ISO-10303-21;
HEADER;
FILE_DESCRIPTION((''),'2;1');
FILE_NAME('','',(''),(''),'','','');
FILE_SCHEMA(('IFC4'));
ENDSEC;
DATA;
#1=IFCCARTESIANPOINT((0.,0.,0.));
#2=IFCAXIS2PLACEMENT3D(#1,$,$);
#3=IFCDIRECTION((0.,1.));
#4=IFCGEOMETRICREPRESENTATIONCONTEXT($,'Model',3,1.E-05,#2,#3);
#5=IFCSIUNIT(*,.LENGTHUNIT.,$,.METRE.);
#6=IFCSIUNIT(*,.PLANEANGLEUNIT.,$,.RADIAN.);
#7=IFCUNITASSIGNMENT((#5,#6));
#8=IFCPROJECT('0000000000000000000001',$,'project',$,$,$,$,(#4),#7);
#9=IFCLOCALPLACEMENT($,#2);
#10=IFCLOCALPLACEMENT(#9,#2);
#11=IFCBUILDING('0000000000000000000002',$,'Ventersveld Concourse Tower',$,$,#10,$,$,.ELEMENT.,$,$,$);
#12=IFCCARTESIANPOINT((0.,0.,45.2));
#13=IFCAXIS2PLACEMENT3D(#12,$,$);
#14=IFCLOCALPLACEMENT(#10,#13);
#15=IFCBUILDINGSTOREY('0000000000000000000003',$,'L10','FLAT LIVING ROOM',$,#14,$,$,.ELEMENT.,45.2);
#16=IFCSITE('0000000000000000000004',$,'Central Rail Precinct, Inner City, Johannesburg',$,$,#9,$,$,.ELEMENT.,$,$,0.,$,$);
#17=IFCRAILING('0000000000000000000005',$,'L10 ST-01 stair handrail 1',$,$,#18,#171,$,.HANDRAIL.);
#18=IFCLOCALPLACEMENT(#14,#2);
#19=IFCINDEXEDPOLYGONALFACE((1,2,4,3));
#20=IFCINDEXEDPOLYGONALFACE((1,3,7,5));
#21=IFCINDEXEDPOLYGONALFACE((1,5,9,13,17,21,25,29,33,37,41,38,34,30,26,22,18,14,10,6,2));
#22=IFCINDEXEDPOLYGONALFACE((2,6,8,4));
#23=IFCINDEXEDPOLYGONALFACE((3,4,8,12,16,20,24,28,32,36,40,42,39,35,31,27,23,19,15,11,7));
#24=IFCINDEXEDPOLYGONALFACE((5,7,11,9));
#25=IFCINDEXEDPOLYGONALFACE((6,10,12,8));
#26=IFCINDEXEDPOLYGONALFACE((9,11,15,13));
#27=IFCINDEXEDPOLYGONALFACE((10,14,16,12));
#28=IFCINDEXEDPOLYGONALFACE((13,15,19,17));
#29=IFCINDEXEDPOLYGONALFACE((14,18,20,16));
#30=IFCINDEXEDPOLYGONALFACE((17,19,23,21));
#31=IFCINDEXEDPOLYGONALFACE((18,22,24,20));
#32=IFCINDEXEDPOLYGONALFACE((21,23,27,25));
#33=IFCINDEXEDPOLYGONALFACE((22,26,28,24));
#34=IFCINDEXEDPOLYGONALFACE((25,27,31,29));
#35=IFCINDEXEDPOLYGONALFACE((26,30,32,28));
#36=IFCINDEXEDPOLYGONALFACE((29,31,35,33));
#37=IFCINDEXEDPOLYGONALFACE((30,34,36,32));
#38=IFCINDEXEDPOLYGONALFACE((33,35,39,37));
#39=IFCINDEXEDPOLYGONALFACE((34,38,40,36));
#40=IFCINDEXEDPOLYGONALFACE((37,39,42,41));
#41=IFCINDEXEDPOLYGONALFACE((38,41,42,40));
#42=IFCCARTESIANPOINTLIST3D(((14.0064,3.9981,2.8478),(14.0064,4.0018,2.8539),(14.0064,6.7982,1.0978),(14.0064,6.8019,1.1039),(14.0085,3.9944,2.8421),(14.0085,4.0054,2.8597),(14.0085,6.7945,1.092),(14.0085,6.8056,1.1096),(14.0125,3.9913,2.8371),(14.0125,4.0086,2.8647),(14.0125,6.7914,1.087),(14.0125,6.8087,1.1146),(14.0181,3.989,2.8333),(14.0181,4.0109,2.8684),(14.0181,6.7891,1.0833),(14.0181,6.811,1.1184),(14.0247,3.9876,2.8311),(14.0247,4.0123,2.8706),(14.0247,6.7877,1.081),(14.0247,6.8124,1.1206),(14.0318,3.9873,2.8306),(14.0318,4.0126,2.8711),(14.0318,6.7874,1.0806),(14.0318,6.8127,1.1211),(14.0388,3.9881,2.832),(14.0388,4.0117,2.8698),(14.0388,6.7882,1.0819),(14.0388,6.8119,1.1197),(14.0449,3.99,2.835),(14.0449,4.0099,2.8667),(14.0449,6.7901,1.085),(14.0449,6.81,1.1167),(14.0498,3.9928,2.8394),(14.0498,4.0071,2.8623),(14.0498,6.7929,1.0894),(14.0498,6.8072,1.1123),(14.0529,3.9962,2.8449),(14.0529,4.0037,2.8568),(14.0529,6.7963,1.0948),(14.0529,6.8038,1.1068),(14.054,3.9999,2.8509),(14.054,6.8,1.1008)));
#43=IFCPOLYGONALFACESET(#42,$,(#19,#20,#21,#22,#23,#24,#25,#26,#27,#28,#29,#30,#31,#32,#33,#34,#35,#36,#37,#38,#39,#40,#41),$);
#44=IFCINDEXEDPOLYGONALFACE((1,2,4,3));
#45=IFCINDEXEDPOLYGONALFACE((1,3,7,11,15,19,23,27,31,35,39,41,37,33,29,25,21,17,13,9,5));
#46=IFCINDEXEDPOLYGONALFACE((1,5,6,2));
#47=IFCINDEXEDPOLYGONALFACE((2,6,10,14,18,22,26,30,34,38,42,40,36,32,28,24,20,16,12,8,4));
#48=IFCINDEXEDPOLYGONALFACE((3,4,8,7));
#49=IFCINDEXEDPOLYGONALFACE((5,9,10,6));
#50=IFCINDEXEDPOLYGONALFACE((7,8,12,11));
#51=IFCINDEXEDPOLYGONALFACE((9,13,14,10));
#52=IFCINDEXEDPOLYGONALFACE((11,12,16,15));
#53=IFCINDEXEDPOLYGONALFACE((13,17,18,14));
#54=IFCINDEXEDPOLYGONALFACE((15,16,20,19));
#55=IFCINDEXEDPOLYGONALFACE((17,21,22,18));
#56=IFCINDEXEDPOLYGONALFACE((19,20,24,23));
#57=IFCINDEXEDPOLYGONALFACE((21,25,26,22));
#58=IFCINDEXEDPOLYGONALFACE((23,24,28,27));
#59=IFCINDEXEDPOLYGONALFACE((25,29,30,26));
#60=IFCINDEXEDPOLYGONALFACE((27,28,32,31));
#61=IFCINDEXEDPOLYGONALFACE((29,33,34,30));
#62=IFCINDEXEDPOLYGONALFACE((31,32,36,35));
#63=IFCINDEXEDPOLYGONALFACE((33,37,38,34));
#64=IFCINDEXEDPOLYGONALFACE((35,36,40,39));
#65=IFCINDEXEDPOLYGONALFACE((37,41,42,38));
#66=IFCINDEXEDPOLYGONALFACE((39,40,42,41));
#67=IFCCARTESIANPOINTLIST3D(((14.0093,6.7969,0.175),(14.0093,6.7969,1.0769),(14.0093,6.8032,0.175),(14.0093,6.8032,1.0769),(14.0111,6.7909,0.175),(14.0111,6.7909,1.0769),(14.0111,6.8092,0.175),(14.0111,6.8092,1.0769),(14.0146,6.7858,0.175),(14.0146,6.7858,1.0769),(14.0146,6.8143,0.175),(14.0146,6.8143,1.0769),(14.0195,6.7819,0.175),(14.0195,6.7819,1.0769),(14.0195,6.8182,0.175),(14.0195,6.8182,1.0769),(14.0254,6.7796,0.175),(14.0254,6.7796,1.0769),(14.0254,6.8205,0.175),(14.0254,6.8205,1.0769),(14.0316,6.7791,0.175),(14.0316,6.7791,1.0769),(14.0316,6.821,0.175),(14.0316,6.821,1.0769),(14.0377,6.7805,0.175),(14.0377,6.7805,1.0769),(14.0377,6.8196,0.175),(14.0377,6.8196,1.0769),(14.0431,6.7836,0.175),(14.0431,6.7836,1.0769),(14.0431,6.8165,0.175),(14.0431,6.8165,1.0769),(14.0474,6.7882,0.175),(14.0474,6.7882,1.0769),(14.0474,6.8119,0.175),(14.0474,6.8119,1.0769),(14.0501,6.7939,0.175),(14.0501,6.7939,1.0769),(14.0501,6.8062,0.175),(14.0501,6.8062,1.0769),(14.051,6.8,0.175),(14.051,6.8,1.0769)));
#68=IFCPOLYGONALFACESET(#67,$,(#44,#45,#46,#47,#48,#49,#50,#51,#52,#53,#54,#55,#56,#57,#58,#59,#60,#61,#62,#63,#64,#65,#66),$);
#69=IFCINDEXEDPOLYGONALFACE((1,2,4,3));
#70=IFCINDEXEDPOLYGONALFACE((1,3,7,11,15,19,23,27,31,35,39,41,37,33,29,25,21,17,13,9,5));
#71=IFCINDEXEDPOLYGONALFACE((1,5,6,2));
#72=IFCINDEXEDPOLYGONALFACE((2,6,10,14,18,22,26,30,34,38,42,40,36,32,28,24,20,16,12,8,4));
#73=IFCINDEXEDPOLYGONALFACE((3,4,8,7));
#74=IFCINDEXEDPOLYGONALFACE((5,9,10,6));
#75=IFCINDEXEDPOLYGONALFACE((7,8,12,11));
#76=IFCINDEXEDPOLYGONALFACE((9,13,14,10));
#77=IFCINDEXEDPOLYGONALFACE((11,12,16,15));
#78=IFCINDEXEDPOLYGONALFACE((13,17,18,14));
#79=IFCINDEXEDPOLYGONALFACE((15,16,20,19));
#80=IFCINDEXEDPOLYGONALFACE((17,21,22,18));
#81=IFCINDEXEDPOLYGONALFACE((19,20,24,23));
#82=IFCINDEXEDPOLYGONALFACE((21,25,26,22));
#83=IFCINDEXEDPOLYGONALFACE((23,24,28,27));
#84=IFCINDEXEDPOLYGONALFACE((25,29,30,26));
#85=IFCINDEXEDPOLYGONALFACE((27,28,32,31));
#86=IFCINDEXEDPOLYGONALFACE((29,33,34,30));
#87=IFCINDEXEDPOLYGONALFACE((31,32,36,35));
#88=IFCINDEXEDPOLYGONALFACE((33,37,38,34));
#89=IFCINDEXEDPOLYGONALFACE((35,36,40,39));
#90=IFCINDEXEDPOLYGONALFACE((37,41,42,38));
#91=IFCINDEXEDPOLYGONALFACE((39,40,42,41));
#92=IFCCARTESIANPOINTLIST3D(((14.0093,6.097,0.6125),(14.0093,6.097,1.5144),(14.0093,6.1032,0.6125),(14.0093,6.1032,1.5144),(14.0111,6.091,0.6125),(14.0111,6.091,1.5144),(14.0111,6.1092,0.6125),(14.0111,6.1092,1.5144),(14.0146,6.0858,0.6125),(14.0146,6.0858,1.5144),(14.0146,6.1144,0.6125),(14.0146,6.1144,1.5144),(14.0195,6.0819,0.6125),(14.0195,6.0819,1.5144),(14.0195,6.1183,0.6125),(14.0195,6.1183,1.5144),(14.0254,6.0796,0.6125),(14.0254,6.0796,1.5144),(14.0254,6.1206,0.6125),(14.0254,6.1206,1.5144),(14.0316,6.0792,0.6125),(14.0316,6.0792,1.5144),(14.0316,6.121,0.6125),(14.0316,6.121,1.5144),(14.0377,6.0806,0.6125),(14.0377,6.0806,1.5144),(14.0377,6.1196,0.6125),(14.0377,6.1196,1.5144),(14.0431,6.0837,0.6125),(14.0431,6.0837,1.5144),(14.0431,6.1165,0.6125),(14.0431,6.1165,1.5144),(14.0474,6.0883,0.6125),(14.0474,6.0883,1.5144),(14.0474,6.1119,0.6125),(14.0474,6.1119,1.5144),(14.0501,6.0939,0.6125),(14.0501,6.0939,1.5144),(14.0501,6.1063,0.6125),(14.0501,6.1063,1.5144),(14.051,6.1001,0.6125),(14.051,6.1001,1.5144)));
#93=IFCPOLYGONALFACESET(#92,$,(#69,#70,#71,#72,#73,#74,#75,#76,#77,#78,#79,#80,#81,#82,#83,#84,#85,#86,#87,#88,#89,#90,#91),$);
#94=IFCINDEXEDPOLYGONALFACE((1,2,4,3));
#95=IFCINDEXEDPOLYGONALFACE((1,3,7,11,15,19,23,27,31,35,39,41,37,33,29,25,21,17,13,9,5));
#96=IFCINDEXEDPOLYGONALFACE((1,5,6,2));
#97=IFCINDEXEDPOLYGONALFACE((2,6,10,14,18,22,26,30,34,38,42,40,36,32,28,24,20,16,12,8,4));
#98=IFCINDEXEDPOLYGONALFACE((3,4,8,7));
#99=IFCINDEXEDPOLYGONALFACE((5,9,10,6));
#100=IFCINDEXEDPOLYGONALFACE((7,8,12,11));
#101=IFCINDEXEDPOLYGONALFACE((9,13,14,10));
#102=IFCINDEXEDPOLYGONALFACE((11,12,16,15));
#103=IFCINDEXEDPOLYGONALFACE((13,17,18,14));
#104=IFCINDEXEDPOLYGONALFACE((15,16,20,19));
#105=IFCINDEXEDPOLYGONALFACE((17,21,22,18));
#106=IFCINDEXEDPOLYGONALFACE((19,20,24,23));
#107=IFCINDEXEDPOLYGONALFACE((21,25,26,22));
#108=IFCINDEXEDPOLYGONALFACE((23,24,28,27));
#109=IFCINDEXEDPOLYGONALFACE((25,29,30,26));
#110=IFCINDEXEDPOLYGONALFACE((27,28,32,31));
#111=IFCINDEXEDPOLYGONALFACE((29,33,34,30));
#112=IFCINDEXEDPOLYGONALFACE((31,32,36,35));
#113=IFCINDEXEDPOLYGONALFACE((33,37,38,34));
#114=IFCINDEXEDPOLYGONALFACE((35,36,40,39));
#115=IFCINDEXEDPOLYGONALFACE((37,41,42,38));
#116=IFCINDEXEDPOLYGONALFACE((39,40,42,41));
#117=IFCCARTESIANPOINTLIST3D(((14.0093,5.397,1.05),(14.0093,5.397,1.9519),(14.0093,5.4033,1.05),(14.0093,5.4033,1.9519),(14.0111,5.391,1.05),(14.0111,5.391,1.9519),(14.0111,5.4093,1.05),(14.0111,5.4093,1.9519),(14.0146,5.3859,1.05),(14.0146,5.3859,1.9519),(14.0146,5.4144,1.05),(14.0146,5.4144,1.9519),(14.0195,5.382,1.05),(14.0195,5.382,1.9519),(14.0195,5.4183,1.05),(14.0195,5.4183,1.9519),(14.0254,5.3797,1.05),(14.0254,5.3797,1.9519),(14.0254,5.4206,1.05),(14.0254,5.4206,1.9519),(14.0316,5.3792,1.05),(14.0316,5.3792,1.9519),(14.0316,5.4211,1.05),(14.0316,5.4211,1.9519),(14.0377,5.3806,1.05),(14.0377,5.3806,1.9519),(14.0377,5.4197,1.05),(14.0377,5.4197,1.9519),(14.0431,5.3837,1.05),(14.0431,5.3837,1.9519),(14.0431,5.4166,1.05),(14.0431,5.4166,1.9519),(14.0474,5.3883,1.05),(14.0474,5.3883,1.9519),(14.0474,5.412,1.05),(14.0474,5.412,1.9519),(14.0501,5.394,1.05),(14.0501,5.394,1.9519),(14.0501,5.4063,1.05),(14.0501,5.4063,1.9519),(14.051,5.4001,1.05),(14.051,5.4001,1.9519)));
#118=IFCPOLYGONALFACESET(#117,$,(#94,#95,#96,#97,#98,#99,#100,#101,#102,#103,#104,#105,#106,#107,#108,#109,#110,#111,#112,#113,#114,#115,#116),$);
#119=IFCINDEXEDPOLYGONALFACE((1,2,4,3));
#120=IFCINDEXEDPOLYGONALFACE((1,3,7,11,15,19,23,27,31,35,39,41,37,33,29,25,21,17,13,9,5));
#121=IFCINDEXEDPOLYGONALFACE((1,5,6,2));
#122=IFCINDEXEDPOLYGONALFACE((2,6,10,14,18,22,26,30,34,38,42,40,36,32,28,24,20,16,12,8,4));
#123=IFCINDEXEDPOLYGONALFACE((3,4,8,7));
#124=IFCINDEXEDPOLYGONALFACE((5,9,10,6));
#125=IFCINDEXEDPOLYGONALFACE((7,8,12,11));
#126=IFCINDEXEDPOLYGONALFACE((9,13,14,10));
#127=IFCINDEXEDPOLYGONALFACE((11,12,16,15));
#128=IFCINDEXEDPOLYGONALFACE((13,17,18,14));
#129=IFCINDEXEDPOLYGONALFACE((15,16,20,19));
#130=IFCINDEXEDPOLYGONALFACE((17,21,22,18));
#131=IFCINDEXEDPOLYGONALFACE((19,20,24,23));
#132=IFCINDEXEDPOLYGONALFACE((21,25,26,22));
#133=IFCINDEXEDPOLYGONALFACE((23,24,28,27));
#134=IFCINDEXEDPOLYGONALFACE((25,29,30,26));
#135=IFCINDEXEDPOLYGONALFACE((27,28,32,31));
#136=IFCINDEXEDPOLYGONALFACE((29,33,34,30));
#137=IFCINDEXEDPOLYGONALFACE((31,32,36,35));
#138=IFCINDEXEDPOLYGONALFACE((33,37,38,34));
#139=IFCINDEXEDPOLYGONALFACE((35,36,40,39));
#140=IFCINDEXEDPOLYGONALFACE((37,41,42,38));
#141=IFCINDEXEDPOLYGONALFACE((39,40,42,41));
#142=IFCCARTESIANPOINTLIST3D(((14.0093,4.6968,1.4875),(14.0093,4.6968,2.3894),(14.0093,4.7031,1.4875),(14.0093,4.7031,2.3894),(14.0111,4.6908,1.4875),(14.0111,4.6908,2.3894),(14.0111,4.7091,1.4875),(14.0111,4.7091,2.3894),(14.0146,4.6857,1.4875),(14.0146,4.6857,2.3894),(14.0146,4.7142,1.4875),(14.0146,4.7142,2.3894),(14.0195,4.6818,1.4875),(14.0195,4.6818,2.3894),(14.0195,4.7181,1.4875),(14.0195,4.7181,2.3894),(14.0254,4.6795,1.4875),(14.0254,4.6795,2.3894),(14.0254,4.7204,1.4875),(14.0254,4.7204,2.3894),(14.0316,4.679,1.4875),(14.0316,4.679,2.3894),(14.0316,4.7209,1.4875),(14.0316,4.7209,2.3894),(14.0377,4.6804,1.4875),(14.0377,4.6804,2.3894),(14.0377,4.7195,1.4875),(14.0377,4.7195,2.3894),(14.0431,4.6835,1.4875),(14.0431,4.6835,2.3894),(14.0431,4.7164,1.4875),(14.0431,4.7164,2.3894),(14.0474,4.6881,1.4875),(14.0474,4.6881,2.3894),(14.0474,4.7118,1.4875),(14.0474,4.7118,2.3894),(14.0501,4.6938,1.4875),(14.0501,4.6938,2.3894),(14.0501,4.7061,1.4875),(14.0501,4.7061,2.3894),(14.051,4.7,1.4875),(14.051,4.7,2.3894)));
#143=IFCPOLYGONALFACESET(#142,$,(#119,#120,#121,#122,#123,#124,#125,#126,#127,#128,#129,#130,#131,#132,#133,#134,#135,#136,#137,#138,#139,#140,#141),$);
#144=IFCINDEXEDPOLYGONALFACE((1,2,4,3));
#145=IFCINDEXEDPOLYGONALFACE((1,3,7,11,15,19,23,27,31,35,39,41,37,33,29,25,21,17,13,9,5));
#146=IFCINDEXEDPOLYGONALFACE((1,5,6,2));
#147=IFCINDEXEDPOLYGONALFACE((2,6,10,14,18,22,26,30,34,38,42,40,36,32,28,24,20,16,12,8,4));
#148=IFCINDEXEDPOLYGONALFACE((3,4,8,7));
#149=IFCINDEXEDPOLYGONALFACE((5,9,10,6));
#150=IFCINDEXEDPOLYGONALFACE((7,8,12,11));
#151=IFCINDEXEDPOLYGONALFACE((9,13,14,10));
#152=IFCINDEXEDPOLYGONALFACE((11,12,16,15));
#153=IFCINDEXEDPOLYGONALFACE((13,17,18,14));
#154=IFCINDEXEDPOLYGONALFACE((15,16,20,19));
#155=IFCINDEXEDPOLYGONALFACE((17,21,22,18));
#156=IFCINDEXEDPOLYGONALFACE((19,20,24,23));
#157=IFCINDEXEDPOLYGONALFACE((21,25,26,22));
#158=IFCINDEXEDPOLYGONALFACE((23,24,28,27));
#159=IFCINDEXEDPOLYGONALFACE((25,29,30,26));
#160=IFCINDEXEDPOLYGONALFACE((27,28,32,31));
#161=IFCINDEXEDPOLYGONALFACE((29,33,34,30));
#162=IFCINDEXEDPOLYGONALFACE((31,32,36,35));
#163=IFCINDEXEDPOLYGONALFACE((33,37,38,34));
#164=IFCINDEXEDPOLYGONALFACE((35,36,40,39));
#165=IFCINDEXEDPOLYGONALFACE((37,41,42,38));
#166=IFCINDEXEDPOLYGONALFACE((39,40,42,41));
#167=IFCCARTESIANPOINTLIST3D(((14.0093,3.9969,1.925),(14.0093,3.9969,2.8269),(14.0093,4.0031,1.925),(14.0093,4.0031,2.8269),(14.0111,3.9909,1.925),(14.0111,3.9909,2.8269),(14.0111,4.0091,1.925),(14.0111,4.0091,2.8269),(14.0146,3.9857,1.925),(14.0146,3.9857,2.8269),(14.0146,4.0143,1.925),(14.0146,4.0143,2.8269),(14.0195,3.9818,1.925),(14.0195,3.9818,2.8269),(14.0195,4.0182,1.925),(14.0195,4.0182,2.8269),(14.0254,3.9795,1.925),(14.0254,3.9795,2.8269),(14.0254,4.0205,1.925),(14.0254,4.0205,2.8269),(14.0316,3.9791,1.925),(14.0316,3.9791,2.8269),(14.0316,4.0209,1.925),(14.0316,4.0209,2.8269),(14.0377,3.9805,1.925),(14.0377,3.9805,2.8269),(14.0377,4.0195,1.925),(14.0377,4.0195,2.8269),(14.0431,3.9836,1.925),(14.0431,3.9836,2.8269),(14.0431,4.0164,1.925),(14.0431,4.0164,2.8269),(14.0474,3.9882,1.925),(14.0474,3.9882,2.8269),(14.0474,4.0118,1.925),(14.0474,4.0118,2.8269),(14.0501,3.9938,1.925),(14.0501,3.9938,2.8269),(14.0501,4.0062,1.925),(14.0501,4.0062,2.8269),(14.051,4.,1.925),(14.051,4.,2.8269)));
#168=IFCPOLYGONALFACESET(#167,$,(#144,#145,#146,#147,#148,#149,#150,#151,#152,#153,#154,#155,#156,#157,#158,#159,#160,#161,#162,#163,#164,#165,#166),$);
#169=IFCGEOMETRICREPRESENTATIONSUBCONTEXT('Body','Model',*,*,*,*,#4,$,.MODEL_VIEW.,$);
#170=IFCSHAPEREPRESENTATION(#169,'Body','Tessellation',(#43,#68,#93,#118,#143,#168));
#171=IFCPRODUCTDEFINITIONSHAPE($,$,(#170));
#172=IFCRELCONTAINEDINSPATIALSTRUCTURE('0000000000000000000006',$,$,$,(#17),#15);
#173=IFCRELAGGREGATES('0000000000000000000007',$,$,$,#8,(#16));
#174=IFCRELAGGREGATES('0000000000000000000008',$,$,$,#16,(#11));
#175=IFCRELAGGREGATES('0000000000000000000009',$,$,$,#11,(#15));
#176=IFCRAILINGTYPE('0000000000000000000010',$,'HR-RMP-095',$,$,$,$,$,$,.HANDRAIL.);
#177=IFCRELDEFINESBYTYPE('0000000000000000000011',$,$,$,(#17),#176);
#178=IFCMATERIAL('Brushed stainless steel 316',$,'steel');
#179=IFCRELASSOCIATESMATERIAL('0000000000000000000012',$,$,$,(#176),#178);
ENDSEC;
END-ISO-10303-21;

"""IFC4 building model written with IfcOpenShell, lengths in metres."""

from ifc_helpers import new_model, si_unit, direction, frame, origin, origin_2d, place, context, subcontext, project, spatial, circle, extrude, material, type_object, element, save


model = new_model("IFC4")

# Units and contexts
model_context = context("Model", 3, precision=1e-05, world=origin(), true_north=direction((0.0, 1.0)))
body_context = subcontext(model_context, "Body", "Model", "MODEL_VIEW")
ifc_project = project(units=[si_unit("LENGTHUNIT", "METRE"), si_unit("PLANEANGLEUNIT", "RADIAN")], contexts=[model_context])

# Site, building, storey
site_placement = place(None, origin())
site = spatial("IfcSite", under=ifc_project, at=site_placement, Name="Central Rail Precinct, Inner City, Johannesburg", CompositionType="ELEMENT", RefElevation=0.0)
building_placement = place(site_placement, origin())
building = spatial("IfcBuilding", under=site, at=building_placement, Name="Ventersveld Concourse Tower", CompositionType="ELEMENT")
storey_placement = place(building_placement, frame((0.0, 0.0, 45.2)))
storey = spatial("IfcBuildingStorey", under=building, at=storey_placement, Name="L10", Description="FLAT LIVING ROOM", CompositionType="ELEMENT", Elevation=45.2)

# Railing
ifc_material_1 = material(Name="Brushed stainless steel 316", Category="steel")
railing_type_1 = type_object("IfcRailingType", Name="HR-RMP-095", PredefinedType="HANDRAIL", material=ifc_material_1)
railing_1_placement = place(storey_placement, frame((14.03, 6.8, 0.175)))
element("IfcRailing", 1, at=railing_1_placement, inside=storey, type_object=railing_type_1, Name="L10 ST-01 stair handrail 1", PredefinedType="HANDRAIL", context=body_context, shape_type="SweptSolid", body=[
    extrude(circle(Radius=0.0239, at=origin_2d()), frame((0.0, 0.0, 0.9258), z_axis=(0.0, -0.848002, 0.529992), x_axis=(1.0, 0.0, 0.0)), (0.0, 0.0, 1.0), 3.302),
    extrude(circle(Radius=0.021, at=origin_2d()), origin(), (0.0, 0.0, 1.0), 0.9019),
    extrude(circle(Radius=0.021, at=origin_2d()), frame((0.0, -0.7, 0.4375)), (0.0, 0.0, 1.0), 0.9019),
    extrude(circle(Radius=0.021, at=origin_2d()), frame((0.0, -1.3999, 0.875)), (0.0, 0.0, 1.0), 0.9019),
    extrude(circle(Radius=0.021, at=origin_2d()), frame((0.0, -2.1001, 1.3125)), (0.0, 0.0, 1.0), 0.9019),
    extrude(circle(Radius=0.021, at=origin_2d()), frame((0.0, -2.8, 1.75)), (0.0, 0.0, 1.0), 0.9019),
])

save(model, "model.ifc")
